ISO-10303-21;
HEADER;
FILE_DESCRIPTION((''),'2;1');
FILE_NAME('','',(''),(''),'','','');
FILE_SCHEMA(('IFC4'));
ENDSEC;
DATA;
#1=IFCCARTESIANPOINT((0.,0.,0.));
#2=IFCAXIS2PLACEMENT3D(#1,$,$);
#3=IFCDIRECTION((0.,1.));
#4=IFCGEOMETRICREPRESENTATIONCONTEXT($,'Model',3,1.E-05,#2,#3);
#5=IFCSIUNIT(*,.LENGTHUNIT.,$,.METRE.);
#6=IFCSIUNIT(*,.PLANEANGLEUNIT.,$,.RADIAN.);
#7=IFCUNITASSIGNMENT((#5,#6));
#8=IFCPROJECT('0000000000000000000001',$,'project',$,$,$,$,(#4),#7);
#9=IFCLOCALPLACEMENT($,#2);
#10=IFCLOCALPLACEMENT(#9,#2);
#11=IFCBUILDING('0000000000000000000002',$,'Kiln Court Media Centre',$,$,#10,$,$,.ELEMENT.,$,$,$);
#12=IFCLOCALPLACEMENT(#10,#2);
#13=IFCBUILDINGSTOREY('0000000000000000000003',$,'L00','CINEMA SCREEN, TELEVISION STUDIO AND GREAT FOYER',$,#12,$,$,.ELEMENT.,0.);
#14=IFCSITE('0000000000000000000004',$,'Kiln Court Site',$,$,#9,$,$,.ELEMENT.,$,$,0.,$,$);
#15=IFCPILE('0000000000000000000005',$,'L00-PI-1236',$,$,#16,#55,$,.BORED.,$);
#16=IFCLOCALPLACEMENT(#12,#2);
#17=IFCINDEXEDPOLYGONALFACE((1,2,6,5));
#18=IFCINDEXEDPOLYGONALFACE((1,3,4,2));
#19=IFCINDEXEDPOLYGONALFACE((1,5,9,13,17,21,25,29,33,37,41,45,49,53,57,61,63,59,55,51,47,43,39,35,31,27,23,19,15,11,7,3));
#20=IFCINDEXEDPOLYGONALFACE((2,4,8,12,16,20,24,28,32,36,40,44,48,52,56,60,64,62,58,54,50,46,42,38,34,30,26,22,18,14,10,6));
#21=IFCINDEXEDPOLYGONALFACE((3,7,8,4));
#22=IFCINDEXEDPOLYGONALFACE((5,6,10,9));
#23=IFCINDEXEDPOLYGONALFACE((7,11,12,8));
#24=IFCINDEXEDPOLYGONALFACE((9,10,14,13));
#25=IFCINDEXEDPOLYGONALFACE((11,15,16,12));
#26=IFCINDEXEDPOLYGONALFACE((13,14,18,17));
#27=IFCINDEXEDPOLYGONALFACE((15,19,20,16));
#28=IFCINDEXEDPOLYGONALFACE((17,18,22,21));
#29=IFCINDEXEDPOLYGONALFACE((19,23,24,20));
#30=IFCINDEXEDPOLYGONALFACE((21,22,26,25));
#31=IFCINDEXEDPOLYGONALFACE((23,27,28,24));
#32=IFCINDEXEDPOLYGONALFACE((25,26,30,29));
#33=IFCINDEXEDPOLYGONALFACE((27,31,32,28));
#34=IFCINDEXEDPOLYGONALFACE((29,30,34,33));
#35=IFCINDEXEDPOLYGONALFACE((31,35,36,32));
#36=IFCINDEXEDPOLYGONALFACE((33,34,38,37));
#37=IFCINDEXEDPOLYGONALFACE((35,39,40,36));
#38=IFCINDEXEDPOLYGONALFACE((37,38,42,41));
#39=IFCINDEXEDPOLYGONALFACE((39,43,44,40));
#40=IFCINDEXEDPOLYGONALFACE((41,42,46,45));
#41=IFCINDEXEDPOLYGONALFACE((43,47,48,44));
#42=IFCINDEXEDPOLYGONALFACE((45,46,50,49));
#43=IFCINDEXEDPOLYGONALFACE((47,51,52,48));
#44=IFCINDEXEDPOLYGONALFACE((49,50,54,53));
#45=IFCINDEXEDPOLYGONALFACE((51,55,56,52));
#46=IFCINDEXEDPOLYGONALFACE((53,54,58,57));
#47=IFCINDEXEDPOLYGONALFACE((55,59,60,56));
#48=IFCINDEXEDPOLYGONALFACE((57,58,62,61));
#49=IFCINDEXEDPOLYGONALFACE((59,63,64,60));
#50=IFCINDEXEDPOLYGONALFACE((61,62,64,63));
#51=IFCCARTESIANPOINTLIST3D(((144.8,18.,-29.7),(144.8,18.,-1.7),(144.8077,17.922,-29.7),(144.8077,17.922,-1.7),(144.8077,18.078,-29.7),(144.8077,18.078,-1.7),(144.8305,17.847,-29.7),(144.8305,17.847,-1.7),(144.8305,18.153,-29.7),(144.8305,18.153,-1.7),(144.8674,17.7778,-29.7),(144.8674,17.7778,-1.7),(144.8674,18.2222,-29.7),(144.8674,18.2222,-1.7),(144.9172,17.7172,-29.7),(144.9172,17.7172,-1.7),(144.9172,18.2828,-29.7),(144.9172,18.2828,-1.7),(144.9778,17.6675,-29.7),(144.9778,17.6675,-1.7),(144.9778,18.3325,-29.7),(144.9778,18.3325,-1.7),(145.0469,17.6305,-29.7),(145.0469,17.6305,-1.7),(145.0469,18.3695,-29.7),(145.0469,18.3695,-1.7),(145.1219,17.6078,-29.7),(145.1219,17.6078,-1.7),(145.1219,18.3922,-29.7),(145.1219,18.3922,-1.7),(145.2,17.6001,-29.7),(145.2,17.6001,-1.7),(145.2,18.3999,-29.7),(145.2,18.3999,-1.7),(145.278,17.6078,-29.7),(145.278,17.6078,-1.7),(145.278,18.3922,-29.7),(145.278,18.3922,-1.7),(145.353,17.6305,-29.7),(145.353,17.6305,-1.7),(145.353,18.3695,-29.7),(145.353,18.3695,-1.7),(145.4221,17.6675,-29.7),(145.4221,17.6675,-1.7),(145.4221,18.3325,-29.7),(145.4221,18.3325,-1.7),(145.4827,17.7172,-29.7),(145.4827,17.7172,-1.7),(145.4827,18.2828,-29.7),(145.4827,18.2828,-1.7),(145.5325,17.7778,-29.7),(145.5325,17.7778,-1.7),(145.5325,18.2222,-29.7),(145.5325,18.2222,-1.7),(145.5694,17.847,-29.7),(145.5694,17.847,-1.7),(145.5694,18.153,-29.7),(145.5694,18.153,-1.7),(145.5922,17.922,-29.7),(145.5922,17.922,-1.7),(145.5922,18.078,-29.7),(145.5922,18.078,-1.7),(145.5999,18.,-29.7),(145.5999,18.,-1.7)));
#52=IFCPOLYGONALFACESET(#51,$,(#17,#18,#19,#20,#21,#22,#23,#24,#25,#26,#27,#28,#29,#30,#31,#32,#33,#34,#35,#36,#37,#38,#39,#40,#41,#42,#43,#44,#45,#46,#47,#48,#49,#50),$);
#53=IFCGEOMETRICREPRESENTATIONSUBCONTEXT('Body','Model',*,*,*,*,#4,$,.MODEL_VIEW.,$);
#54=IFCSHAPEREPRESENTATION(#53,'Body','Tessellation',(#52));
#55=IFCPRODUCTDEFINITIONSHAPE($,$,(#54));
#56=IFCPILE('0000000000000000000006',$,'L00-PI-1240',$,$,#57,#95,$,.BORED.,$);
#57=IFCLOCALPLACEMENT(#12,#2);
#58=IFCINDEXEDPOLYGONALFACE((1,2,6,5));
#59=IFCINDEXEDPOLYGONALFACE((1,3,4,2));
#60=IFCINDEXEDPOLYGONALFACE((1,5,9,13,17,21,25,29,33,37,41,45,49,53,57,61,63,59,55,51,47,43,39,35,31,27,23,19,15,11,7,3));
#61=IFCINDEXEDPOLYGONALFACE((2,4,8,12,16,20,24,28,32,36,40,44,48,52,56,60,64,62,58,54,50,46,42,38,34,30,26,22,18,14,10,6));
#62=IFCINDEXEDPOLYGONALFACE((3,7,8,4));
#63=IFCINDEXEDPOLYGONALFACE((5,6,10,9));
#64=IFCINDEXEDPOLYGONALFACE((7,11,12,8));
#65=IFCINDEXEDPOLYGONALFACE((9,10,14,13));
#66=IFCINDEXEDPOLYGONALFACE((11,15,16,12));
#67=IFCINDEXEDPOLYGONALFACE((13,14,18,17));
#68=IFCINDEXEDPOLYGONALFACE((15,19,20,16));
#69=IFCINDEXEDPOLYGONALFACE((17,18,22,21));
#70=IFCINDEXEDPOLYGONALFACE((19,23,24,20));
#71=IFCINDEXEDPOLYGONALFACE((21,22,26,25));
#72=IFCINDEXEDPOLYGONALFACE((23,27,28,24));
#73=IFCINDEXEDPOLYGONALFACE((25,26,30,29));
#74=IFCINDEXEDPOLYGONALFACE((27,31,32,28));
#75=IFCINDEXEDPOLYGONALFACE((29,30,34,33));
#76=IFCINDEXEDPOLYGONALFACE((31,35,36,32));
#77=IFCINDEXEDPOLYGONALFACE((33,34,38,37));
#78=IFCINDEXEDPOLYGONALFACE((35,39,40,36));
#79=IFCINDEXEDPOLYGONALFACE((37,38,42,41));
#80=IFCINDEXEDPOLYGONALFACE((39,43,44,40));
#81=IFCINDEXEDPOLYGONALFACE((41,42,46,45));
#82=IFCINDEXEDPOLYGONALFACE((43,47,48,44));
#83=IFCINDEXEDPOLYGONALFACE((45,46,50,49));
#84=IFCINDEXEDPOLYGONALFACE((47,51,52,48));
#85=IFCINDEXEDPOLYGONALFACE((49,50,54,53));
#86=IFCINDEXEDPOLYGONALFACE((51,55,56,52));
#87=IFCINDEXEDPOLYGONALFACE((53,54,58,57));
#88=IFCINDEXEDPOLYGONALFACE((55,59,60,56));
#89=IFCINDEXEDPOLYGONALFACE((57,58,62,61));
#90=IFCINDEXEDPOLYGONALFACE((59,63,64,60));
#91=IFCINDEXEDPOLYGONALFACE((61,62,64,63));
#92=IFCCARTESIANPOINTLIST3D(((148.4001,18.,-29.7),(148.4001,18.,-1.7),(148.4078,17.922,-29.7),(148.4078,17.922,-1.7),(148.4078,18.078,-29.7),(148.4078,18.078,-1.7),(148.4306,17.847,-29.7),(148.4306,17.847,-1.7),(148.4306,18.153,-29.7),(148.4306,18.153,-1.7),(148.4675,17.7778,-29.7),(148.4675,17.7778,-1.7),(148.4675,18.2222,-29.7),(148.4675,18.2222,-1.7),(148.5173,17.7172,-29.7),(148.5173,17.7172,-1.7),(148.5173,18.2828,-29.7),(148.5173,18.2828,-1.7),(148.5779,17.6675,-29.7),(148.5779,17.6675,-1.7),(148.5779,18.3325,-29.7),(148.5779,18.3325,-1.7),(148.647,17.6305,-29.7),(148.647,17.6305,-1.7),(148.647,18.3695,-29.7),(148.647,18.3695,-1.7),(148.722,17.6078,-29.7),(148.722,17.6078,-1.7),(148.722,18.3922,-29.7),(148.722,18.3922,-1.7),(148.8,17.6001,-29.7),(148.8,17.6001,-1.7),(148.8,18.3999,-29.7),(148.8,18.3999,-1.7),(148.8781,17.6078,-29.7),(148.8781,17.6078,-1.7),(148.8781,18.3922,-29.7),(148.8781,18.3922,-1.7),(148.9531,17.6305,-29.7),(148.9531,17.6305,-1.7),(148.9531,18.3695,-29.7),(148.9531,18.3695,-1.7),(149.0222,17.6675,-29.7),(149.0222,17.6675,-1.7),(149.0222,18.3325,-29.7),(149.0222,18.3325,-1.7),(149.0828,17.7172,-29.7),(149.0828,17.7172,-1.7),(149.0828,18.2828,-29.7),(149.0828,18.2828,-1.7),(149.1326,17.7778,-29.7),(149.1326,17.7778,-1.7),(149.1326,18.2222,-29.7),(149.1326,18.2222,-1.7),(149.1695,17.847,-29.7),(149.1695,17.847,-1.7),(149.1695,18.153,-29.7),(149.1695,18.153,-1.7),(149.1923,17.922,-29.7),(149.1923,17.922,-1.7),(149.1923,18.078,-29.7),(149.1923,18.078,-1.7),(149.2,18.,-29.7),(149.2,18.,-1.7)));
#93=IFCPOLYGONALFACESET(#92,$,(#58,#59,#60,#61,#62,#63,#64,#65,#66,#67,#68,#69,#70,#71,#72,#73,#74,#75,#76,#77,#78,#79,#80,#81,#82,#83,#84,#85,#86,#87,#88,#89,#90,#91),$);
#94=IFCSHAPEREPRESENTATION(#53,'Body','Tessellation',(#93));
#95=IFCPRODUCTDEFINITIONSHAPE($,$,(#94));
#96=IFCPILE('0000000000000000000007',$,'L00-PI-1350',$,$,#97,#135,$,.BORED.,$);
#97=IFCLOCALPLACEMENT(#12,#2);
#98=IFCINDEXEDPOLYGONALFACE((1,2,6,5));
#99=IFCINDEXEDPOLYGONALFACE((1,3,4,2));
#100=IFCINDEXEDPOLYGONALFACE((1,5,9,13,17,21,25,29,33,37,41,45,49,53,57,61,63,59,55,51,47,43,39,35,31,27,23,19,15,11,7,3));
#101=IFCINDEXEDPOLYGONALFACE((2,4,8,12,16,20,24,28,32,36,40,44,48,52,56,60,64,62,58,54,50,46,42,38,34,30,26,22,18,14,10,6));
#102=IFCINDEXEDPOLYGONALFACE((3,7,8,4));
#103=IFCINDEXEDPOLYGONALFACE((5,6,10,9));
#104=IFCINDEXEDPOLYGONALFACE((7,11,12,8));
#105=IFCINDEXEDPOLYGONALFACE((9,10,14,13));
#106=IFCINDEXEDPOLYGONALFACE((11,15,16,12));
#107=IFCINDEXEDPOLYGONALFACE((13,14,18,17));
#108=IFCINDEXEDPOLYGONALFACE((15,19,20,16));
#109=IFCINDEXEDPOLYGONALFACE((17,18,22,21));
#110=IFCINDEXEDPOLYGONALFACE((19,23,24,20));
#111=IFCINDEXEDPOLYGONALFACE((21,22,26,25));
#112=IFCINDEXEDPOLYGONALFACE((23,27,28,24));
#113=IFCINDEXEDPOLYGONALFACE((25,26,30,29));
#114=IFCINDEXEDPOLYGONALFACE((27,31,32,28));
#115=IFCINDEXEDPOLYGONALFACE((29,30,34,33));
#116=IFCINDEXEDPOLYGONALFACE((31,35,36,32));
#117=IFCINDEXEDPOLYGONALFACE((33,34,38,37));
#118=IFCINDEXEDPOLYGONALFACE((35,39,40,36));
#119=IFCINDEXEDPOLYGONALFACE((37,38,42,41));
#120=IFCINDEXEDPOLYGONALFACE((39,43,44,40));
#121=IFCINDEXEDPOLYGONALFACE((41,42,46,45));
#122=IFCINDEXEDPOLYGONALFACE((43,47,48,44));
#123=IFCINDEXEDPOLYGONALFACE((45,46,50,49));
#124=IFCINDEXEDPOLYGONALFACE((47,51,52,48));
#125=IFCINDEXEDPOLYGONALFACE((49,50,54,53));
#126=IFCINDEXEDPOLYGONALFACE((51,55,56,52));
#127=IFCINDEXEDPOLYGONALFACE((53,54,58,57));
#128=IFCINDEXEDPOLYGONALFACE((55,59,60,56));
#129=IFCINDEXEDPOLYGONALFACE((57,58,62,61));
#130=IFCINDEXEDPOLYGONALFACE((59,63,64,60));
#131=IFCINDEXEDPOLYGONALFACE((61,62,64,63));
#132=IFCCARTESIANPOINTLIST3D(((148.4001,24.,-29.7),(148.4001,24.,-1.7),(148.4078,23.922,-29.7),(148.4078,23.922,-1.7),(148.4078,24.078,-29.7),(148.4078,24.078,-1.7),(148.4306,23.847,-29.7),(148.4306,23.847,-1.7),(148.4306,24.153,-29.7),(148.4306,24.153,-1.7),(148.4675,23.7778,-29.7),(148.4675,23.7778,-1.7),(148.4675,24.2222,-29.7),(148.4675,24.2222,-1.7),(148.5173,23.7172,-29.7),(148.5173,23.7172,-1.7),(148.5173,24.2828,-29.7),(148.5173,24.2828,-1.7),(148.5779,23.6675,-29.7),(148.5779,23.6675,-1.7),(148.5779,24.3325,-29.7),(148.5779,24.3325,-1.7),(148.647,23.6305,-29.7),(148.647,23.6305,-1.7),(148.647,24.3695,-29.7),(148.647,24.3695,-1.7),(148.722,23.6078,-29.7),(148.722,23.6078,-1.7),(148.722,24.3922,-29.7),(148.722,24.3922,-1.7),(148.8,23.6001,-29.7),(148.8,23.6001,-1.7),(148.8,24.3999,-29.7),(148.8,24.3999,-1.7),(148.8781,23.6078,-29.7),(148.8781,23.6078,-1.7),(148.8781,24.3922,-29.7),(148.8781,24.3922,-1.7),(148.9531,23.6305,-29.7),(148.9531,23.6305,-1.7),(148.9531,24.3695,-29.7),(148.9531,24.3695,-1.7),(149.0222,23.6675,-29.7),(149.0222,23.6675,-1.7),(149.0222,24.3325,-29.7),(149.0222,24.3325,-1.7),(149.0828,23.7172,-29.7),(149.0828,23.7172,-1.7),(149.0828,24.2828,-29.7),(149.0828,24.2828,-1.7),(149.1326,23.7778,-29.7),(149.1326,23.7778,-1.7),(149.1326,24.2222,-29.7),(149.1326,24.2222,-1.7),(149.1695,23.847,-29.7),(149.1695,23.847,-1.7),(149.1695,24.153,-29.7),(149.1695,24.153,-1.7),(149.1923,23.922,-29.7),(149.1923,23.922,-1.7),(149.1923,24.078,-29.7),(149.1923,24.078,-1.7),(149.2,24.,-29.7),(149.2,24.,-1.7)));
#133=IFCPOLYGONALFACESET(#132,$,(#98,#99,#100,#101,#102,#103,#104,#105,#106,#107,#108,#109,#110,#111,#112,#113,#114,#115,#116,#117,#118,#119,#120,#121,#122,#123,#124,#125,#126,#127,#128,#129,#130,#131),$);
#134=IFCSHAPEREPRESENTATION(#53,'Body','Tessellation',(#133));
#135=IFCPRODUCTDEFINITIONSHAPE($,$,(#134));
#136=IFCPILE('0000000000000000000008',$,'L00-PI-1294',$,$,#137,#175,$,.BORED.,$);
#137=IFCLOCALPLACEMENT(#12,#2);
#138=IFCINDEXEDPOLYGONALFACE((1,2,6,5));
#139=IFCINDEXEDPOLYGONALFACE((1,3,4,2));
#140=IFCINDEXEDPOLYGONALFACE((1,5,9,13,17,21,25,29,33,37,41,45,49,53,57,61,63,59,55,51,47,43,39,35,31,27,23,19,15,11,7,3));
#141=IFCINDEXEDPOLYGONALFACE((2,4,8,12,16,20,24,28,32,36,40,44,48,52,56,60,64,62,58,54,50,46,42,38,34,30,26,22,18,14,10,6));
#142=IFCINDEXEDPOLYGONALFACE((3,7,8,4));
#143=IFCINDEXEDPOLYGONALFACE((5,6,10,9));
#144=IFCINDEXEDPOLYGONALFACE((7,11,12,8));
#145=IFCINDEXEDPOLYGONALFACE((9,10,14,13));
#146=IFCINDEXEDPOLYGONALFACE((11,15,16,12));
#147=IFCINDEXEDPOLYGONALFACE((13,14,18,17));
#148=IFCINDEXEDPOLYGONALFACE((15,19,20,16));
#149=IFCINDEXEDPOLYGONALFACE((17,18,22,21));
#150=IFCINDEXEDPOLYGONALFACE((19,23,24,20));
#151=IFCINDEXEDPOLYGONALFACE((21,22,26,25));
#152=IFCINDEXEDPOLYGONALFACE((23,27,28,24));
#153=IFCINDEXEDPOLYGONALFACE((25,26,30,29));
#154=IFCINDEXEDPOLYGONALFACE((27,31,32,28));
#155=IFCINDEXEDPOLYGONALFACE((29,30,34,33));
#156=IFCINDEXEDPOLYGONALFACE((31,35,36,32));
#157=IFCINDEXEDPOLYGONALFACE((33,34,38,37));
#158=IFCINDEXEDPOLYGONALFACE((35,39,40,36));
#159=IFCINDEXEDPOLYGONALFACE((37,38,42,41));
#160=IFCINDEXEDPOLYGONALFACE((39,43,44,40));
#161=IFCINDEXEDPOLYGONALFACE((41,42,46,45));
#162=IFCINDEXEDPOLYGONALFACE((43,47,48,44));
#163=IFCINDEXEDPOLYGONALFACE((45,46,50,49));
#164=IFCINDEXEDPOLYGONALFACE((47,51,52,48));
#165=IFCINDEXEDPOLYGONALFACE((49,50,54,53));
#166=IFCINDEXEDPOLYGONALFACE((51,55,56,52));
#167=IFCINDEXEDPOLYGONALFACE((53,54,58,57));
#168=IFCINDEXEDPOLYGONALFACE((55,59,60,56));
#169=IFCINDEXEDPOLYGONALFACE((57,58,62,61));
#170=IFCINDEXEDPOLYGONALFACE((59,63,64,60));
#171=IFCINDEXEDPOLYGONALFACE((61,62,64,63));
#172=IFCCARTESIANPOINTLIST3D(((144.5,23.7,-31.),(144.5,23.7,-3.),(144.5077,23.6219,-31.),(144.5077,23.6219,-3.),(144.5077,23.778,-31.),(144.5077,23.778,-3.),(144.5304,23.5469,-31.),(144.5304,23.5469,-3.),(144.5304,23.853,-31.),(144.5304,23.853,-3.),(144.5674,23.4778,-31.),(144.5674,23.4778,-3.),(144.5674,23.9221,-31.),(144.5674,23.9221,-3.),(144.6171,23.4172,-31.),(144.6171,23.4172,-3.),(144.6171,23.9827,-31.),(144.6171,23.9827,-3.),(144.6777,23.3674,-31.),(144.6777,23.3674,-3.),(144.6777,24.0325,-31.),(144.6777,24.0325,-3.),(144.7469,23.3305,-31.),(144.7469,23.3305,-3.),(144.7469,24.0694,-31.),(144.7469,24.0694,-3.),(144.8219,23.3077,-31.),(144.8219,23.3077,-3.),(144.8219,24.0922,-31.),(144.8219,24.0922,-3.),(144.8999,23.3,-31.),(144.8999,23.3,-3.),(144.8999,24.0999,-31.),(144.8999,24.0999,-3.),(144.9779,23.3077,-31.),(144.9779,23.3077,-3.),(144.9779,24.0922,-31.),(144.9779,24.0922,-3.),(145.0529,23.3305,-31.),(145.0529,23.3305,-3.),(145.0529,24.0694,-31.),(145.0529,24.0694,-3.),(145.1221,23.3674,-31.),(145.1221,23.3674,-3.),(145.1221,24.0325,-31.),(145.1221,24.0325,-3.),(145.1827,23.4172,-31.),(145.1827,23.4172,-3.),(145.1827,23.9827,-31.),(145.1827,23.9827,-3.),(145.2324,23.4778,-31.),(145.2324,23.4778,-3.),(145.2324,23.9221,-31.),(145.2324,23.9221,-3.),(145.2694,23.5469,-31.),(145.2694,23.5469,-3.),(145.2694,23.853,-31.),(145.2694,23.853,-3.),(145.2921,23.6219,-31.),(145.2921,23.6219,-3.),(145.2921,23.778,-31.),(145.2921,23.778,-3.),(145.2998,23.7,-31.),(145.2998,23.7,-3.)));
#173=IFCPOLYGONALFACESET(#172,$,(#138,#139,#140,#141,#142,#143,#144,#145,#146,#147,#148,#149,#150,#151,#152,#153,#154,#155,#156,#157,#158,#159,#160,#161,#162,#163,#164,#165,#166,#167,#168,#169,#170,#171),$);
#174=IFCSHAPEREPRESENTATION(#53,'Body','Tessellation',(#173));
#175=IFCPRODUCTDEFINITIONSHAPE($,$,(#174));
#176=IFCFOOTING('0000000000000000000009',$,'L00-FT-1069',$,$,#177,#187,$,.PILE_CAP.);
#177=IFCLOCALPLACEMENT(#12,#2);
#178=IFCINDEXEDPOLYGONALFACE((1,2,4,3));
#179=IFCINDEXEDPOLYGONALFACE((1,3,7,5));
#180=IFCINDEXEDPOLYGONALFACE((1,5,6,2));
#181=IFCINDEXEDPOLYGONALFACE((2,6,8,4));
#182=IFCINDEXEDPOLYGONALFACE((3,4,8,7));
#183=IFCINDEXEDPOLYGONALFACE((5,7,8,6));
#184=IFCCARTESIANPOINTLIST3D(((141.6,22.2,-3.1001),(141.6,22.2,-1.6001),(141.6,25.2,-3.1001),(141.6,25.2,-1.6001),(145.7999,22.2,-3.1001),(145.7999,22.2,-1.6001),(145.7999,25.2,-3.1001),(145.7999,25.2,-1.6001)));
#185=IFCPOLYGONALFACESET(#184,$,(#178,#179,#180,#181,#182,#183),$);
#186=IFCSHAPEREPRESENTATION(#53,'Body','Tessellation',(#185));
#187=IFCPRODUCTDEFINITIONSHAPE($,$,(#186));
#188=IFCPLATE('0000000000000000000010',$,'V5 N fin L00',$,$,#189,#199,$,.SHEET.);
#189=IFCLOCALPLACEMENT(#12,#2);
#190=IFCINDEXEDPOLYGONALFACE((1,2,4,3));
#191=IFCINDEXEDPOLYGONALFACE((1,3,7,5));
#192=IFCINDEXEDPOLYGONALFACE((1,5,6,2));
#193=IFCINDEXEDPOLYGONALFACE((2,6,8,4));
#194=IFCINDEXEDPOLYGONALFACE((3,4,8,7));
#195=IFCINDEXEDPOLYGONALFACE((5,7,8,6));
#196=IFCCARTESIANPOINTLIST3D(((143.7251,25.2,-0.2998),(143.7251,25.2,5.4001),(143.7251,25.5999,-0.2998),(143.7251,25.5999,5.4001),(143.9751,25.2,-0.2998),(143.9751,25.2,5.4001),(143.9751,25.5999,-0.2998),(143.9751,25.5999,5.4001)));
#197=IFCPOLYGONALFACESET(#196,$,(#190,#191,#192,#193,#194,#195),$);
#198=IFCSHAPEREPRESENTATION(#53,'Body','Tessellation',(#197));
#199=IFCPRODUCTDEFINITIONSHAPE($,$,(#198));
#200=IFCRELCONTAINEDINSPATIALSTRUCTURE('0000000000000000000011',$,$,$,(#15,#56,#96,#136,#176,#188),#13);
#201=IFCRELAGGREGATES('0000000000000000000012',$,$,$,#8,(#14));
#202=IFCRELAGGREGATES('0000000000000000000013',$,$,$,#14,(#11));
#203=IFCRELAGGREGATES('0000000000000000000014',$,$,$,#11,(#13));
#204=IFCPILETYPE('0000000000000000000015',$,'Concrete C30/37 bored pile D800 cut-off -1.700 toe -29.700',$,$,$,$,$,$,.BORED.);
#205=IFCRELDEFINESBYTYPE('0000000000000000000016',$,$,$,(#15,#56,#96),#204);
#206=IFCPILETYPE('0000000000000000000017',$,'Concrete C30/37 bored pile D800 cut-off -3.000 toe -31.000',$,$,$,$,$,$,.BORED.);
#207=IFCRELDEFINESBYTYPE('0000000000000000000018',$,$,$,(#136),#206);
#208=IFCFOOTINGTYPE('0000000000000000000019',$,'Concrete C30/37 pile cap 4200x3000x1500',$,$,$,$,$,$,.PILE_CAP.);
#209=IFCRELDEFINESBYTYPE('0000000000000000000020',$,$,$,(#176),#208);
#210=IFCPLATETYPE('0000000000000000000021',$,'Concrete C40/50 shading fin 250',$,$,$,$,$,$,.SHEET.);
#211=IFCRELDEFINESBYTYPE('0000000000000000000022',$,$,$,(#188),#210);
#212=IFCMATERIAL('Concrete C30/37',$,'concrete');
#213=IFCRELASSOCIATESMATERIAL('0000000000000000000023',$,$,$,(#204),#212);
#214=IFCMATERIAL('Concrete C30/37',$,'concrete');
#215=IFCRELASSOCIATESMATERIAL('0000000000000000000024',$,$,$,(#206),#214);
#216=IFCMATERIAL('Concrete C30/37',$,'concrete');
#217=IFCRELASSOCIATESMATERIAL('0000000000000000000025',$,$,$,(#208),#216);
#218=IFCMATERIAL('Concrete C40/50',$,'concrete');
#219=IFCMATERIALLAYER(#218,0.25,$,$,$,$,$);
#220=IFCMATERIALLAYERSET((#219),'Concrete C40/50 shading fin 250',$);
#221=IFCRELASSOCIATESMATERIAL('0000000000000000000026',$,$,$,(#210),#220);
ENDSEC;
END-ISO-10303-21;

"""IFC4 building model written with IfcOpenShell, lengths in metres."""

from ifc_helpers import new_model, si_unit, direction, frame, origin, origin_2d, place, context, subcontext, project, spatial, rectangle, circle, extrude, material, layer, layer_set, material_profile, profile_set, type_object, element, save


model = new_model("IFC4")

# Units and contexts
model_context = context("Model", 3, precision=1e-05, world=origin(), true_north=direction((0.0, 1.0)))
body_context = subcontext(model_context, "Body", "Model", "MODEL_VIEW")
ifc_project = project(units=[si_unit("LENGTHUNIT", "METRE"), si_unit("PLANEANGLEUNIT", "RADIAN")], contexts=[model_context])

# Site, building, storey
site_placement = place(None, origin())
site = spatial("IfcSite", under=ifc_project, at=site_placement, Name="Kiln Court Site", CompositionType="ELEMENT", RefElevation=0.0)
building_placement = place(site_placement, origin())
building = spatial("IfcBuilding", under=site, at=building_placement, Name="Kiln Court Media Centre", CompositionType="ELEMENT")
storey_placement = place(building_placement, origin())
storey = spatial("IfcBuildingStorey", under=building, at=storey_placement, Name="L00", Description="CINEMA SCREEN, TELEVISION STUDIO AND GREAT FOYER", CompositionType="ELEMENT", Elevation=0.0)

# Piles
ifc_material_1 = material(Name="Concrete C30/37", Category="concrete")
ifc_material_profile_1 = material_profile(ifc_material_1, circle(Radius=0.3999, at=origin_2d()), Name="PILE D800")
ifc_profile_set_1 = profile_set([ifc_material_profile_1], Name="Concrete C30/37")
pile_type_1 = type_object("IfcPileType", Name="Concrete C30/37 bored pile D800 cut-off -1.700 toe -29.700", PredefinedType="BORED", material=ifc_profile_set_1)
for number, where, z_axis, x_axis, name in (
    (1, (145.2, 18.0, -1.7), (0.0, 0.0, -1.0), (1.0, 0.0, 0.0), "L00-PI-1236"),
    (2, (148.8, 18.0, -1.7), (0.0, 0.0, -1.0), (1.0, 0.0, 0.0), "L00-PI-1240"),
    (3, (148.8, 24.0, -1.7), (0.0, 0.0, -1.0), (1.0, 0.0, 0.0), "L00-PI-1350"),
):
    element("IfcPile", number, at=place(storey_placement, frame(where, z_axis=z_axis, x_axis=x_axis)), inside=storey, type_object=pile_type_1, Name=name, PredefinedType="BORED", context=body_context, shape_type="SweptSolid", body=[
        extrude(circle(Radius=0.3999, at=origin_2d()), origin(), (0.0, 0.0, 1.0), 28.0),
    ])
ifc_material_2 = material(Name="Concrete C30/37", Category="concrete")
ifc_material_profile_2 = material_profile(ifc_material_2, circle(Radius=0.3999, at=origin_2d()), Name="PILE D800")
ifc_profile_set_2 = profile_set([ifc_material_profile_2], Name="Concrete C30/37")
pile_type_2 = type_object("IfcPileType", Name="Concrete C30/37 bored pile D800 cut-off -3.000 toe -31.000", PredefinedType="BORED", material=ifc_profile_set_2)
pile_placement = place(storey_placement, frame((144.8999, 23.7, -3.0), z_axis=(0.0, 0.0, -1.0), x_axis=(1.0, 0.0, 0.0)))
element("IfcPile", 4, at=pile_placement, inside=storey, type_object=pile_type_2, Name="L00-PI-1294", PredefinedType="BORED", context=body_context, shape_type="SweptSolid", body=[
    extrude(circle(Radius=0.3999, at=origin_2d()), origin(), (0.0, 0.0, 1.0), 28.0),
])

# Footing
ifc_material_3 = material(Name="Concrete C30/37", Category="concrete")
footing_type = type_object("IfcFootingType", Name="Concrete C30/37 pile cap 4200x3000x1500", PredefinedType="PILE_CAP", material=ifc_material_3)
footing_placement = place(storey_placement, frame((143.7, 23.7, -3.1001), z_axis=(0.0, 0.0, 1.0), x_axis=(1.0, 0.0, 0.0)))
element("IfcFooting", 5, at=footing_placement, inside=storey, type_object=footing_type, Name="L00-FT-1069", PredefinedType="PILE_CAP", context=body_context, shape_type="SweptSolid", body=[
    extrude(rectangle(XDim=4.2, YDim=3.0, at=origin_2d()), origin(), (0.0, 0.0, 1.0), 1.5),
])

# Plate
ifc_material_4 = material(Name="Concrete C40/50", Category="concrete")
ifc_layer_1 = layer(ifc_material_4, 0.25)
ifc_layer_set_1 = layer_set([ifc_layer_1], Name="Concrete C40/50 shading fin 250")
plate_type = type_object("IfcPlateType", Name="Concrete C40/50 shading fin 250", PredefinedType="SHEET", material=ifc_layer_set_1)
plate_placement = place(storey_placement, frame((143.8501, 25.3999, -0.2998), z_axis=(0.0, 0.0, 1.0), x_axis=(1.0, 0.0, 0.0)))
element("IfcPlate", 6, at=plate_placement, inside=storey, type_object=plate_type, Name="V5 N fin L00", PredefinedType="SHEET", context=body_context, shape_type="SweptSolid", body=[
    extrude(rectangle(XDim=0.25, YDim=0.3999, at=origin_2d()), origin(), (0.0, 0.0, 1.0), 5.7),
])

save(model, "model.ifc")
